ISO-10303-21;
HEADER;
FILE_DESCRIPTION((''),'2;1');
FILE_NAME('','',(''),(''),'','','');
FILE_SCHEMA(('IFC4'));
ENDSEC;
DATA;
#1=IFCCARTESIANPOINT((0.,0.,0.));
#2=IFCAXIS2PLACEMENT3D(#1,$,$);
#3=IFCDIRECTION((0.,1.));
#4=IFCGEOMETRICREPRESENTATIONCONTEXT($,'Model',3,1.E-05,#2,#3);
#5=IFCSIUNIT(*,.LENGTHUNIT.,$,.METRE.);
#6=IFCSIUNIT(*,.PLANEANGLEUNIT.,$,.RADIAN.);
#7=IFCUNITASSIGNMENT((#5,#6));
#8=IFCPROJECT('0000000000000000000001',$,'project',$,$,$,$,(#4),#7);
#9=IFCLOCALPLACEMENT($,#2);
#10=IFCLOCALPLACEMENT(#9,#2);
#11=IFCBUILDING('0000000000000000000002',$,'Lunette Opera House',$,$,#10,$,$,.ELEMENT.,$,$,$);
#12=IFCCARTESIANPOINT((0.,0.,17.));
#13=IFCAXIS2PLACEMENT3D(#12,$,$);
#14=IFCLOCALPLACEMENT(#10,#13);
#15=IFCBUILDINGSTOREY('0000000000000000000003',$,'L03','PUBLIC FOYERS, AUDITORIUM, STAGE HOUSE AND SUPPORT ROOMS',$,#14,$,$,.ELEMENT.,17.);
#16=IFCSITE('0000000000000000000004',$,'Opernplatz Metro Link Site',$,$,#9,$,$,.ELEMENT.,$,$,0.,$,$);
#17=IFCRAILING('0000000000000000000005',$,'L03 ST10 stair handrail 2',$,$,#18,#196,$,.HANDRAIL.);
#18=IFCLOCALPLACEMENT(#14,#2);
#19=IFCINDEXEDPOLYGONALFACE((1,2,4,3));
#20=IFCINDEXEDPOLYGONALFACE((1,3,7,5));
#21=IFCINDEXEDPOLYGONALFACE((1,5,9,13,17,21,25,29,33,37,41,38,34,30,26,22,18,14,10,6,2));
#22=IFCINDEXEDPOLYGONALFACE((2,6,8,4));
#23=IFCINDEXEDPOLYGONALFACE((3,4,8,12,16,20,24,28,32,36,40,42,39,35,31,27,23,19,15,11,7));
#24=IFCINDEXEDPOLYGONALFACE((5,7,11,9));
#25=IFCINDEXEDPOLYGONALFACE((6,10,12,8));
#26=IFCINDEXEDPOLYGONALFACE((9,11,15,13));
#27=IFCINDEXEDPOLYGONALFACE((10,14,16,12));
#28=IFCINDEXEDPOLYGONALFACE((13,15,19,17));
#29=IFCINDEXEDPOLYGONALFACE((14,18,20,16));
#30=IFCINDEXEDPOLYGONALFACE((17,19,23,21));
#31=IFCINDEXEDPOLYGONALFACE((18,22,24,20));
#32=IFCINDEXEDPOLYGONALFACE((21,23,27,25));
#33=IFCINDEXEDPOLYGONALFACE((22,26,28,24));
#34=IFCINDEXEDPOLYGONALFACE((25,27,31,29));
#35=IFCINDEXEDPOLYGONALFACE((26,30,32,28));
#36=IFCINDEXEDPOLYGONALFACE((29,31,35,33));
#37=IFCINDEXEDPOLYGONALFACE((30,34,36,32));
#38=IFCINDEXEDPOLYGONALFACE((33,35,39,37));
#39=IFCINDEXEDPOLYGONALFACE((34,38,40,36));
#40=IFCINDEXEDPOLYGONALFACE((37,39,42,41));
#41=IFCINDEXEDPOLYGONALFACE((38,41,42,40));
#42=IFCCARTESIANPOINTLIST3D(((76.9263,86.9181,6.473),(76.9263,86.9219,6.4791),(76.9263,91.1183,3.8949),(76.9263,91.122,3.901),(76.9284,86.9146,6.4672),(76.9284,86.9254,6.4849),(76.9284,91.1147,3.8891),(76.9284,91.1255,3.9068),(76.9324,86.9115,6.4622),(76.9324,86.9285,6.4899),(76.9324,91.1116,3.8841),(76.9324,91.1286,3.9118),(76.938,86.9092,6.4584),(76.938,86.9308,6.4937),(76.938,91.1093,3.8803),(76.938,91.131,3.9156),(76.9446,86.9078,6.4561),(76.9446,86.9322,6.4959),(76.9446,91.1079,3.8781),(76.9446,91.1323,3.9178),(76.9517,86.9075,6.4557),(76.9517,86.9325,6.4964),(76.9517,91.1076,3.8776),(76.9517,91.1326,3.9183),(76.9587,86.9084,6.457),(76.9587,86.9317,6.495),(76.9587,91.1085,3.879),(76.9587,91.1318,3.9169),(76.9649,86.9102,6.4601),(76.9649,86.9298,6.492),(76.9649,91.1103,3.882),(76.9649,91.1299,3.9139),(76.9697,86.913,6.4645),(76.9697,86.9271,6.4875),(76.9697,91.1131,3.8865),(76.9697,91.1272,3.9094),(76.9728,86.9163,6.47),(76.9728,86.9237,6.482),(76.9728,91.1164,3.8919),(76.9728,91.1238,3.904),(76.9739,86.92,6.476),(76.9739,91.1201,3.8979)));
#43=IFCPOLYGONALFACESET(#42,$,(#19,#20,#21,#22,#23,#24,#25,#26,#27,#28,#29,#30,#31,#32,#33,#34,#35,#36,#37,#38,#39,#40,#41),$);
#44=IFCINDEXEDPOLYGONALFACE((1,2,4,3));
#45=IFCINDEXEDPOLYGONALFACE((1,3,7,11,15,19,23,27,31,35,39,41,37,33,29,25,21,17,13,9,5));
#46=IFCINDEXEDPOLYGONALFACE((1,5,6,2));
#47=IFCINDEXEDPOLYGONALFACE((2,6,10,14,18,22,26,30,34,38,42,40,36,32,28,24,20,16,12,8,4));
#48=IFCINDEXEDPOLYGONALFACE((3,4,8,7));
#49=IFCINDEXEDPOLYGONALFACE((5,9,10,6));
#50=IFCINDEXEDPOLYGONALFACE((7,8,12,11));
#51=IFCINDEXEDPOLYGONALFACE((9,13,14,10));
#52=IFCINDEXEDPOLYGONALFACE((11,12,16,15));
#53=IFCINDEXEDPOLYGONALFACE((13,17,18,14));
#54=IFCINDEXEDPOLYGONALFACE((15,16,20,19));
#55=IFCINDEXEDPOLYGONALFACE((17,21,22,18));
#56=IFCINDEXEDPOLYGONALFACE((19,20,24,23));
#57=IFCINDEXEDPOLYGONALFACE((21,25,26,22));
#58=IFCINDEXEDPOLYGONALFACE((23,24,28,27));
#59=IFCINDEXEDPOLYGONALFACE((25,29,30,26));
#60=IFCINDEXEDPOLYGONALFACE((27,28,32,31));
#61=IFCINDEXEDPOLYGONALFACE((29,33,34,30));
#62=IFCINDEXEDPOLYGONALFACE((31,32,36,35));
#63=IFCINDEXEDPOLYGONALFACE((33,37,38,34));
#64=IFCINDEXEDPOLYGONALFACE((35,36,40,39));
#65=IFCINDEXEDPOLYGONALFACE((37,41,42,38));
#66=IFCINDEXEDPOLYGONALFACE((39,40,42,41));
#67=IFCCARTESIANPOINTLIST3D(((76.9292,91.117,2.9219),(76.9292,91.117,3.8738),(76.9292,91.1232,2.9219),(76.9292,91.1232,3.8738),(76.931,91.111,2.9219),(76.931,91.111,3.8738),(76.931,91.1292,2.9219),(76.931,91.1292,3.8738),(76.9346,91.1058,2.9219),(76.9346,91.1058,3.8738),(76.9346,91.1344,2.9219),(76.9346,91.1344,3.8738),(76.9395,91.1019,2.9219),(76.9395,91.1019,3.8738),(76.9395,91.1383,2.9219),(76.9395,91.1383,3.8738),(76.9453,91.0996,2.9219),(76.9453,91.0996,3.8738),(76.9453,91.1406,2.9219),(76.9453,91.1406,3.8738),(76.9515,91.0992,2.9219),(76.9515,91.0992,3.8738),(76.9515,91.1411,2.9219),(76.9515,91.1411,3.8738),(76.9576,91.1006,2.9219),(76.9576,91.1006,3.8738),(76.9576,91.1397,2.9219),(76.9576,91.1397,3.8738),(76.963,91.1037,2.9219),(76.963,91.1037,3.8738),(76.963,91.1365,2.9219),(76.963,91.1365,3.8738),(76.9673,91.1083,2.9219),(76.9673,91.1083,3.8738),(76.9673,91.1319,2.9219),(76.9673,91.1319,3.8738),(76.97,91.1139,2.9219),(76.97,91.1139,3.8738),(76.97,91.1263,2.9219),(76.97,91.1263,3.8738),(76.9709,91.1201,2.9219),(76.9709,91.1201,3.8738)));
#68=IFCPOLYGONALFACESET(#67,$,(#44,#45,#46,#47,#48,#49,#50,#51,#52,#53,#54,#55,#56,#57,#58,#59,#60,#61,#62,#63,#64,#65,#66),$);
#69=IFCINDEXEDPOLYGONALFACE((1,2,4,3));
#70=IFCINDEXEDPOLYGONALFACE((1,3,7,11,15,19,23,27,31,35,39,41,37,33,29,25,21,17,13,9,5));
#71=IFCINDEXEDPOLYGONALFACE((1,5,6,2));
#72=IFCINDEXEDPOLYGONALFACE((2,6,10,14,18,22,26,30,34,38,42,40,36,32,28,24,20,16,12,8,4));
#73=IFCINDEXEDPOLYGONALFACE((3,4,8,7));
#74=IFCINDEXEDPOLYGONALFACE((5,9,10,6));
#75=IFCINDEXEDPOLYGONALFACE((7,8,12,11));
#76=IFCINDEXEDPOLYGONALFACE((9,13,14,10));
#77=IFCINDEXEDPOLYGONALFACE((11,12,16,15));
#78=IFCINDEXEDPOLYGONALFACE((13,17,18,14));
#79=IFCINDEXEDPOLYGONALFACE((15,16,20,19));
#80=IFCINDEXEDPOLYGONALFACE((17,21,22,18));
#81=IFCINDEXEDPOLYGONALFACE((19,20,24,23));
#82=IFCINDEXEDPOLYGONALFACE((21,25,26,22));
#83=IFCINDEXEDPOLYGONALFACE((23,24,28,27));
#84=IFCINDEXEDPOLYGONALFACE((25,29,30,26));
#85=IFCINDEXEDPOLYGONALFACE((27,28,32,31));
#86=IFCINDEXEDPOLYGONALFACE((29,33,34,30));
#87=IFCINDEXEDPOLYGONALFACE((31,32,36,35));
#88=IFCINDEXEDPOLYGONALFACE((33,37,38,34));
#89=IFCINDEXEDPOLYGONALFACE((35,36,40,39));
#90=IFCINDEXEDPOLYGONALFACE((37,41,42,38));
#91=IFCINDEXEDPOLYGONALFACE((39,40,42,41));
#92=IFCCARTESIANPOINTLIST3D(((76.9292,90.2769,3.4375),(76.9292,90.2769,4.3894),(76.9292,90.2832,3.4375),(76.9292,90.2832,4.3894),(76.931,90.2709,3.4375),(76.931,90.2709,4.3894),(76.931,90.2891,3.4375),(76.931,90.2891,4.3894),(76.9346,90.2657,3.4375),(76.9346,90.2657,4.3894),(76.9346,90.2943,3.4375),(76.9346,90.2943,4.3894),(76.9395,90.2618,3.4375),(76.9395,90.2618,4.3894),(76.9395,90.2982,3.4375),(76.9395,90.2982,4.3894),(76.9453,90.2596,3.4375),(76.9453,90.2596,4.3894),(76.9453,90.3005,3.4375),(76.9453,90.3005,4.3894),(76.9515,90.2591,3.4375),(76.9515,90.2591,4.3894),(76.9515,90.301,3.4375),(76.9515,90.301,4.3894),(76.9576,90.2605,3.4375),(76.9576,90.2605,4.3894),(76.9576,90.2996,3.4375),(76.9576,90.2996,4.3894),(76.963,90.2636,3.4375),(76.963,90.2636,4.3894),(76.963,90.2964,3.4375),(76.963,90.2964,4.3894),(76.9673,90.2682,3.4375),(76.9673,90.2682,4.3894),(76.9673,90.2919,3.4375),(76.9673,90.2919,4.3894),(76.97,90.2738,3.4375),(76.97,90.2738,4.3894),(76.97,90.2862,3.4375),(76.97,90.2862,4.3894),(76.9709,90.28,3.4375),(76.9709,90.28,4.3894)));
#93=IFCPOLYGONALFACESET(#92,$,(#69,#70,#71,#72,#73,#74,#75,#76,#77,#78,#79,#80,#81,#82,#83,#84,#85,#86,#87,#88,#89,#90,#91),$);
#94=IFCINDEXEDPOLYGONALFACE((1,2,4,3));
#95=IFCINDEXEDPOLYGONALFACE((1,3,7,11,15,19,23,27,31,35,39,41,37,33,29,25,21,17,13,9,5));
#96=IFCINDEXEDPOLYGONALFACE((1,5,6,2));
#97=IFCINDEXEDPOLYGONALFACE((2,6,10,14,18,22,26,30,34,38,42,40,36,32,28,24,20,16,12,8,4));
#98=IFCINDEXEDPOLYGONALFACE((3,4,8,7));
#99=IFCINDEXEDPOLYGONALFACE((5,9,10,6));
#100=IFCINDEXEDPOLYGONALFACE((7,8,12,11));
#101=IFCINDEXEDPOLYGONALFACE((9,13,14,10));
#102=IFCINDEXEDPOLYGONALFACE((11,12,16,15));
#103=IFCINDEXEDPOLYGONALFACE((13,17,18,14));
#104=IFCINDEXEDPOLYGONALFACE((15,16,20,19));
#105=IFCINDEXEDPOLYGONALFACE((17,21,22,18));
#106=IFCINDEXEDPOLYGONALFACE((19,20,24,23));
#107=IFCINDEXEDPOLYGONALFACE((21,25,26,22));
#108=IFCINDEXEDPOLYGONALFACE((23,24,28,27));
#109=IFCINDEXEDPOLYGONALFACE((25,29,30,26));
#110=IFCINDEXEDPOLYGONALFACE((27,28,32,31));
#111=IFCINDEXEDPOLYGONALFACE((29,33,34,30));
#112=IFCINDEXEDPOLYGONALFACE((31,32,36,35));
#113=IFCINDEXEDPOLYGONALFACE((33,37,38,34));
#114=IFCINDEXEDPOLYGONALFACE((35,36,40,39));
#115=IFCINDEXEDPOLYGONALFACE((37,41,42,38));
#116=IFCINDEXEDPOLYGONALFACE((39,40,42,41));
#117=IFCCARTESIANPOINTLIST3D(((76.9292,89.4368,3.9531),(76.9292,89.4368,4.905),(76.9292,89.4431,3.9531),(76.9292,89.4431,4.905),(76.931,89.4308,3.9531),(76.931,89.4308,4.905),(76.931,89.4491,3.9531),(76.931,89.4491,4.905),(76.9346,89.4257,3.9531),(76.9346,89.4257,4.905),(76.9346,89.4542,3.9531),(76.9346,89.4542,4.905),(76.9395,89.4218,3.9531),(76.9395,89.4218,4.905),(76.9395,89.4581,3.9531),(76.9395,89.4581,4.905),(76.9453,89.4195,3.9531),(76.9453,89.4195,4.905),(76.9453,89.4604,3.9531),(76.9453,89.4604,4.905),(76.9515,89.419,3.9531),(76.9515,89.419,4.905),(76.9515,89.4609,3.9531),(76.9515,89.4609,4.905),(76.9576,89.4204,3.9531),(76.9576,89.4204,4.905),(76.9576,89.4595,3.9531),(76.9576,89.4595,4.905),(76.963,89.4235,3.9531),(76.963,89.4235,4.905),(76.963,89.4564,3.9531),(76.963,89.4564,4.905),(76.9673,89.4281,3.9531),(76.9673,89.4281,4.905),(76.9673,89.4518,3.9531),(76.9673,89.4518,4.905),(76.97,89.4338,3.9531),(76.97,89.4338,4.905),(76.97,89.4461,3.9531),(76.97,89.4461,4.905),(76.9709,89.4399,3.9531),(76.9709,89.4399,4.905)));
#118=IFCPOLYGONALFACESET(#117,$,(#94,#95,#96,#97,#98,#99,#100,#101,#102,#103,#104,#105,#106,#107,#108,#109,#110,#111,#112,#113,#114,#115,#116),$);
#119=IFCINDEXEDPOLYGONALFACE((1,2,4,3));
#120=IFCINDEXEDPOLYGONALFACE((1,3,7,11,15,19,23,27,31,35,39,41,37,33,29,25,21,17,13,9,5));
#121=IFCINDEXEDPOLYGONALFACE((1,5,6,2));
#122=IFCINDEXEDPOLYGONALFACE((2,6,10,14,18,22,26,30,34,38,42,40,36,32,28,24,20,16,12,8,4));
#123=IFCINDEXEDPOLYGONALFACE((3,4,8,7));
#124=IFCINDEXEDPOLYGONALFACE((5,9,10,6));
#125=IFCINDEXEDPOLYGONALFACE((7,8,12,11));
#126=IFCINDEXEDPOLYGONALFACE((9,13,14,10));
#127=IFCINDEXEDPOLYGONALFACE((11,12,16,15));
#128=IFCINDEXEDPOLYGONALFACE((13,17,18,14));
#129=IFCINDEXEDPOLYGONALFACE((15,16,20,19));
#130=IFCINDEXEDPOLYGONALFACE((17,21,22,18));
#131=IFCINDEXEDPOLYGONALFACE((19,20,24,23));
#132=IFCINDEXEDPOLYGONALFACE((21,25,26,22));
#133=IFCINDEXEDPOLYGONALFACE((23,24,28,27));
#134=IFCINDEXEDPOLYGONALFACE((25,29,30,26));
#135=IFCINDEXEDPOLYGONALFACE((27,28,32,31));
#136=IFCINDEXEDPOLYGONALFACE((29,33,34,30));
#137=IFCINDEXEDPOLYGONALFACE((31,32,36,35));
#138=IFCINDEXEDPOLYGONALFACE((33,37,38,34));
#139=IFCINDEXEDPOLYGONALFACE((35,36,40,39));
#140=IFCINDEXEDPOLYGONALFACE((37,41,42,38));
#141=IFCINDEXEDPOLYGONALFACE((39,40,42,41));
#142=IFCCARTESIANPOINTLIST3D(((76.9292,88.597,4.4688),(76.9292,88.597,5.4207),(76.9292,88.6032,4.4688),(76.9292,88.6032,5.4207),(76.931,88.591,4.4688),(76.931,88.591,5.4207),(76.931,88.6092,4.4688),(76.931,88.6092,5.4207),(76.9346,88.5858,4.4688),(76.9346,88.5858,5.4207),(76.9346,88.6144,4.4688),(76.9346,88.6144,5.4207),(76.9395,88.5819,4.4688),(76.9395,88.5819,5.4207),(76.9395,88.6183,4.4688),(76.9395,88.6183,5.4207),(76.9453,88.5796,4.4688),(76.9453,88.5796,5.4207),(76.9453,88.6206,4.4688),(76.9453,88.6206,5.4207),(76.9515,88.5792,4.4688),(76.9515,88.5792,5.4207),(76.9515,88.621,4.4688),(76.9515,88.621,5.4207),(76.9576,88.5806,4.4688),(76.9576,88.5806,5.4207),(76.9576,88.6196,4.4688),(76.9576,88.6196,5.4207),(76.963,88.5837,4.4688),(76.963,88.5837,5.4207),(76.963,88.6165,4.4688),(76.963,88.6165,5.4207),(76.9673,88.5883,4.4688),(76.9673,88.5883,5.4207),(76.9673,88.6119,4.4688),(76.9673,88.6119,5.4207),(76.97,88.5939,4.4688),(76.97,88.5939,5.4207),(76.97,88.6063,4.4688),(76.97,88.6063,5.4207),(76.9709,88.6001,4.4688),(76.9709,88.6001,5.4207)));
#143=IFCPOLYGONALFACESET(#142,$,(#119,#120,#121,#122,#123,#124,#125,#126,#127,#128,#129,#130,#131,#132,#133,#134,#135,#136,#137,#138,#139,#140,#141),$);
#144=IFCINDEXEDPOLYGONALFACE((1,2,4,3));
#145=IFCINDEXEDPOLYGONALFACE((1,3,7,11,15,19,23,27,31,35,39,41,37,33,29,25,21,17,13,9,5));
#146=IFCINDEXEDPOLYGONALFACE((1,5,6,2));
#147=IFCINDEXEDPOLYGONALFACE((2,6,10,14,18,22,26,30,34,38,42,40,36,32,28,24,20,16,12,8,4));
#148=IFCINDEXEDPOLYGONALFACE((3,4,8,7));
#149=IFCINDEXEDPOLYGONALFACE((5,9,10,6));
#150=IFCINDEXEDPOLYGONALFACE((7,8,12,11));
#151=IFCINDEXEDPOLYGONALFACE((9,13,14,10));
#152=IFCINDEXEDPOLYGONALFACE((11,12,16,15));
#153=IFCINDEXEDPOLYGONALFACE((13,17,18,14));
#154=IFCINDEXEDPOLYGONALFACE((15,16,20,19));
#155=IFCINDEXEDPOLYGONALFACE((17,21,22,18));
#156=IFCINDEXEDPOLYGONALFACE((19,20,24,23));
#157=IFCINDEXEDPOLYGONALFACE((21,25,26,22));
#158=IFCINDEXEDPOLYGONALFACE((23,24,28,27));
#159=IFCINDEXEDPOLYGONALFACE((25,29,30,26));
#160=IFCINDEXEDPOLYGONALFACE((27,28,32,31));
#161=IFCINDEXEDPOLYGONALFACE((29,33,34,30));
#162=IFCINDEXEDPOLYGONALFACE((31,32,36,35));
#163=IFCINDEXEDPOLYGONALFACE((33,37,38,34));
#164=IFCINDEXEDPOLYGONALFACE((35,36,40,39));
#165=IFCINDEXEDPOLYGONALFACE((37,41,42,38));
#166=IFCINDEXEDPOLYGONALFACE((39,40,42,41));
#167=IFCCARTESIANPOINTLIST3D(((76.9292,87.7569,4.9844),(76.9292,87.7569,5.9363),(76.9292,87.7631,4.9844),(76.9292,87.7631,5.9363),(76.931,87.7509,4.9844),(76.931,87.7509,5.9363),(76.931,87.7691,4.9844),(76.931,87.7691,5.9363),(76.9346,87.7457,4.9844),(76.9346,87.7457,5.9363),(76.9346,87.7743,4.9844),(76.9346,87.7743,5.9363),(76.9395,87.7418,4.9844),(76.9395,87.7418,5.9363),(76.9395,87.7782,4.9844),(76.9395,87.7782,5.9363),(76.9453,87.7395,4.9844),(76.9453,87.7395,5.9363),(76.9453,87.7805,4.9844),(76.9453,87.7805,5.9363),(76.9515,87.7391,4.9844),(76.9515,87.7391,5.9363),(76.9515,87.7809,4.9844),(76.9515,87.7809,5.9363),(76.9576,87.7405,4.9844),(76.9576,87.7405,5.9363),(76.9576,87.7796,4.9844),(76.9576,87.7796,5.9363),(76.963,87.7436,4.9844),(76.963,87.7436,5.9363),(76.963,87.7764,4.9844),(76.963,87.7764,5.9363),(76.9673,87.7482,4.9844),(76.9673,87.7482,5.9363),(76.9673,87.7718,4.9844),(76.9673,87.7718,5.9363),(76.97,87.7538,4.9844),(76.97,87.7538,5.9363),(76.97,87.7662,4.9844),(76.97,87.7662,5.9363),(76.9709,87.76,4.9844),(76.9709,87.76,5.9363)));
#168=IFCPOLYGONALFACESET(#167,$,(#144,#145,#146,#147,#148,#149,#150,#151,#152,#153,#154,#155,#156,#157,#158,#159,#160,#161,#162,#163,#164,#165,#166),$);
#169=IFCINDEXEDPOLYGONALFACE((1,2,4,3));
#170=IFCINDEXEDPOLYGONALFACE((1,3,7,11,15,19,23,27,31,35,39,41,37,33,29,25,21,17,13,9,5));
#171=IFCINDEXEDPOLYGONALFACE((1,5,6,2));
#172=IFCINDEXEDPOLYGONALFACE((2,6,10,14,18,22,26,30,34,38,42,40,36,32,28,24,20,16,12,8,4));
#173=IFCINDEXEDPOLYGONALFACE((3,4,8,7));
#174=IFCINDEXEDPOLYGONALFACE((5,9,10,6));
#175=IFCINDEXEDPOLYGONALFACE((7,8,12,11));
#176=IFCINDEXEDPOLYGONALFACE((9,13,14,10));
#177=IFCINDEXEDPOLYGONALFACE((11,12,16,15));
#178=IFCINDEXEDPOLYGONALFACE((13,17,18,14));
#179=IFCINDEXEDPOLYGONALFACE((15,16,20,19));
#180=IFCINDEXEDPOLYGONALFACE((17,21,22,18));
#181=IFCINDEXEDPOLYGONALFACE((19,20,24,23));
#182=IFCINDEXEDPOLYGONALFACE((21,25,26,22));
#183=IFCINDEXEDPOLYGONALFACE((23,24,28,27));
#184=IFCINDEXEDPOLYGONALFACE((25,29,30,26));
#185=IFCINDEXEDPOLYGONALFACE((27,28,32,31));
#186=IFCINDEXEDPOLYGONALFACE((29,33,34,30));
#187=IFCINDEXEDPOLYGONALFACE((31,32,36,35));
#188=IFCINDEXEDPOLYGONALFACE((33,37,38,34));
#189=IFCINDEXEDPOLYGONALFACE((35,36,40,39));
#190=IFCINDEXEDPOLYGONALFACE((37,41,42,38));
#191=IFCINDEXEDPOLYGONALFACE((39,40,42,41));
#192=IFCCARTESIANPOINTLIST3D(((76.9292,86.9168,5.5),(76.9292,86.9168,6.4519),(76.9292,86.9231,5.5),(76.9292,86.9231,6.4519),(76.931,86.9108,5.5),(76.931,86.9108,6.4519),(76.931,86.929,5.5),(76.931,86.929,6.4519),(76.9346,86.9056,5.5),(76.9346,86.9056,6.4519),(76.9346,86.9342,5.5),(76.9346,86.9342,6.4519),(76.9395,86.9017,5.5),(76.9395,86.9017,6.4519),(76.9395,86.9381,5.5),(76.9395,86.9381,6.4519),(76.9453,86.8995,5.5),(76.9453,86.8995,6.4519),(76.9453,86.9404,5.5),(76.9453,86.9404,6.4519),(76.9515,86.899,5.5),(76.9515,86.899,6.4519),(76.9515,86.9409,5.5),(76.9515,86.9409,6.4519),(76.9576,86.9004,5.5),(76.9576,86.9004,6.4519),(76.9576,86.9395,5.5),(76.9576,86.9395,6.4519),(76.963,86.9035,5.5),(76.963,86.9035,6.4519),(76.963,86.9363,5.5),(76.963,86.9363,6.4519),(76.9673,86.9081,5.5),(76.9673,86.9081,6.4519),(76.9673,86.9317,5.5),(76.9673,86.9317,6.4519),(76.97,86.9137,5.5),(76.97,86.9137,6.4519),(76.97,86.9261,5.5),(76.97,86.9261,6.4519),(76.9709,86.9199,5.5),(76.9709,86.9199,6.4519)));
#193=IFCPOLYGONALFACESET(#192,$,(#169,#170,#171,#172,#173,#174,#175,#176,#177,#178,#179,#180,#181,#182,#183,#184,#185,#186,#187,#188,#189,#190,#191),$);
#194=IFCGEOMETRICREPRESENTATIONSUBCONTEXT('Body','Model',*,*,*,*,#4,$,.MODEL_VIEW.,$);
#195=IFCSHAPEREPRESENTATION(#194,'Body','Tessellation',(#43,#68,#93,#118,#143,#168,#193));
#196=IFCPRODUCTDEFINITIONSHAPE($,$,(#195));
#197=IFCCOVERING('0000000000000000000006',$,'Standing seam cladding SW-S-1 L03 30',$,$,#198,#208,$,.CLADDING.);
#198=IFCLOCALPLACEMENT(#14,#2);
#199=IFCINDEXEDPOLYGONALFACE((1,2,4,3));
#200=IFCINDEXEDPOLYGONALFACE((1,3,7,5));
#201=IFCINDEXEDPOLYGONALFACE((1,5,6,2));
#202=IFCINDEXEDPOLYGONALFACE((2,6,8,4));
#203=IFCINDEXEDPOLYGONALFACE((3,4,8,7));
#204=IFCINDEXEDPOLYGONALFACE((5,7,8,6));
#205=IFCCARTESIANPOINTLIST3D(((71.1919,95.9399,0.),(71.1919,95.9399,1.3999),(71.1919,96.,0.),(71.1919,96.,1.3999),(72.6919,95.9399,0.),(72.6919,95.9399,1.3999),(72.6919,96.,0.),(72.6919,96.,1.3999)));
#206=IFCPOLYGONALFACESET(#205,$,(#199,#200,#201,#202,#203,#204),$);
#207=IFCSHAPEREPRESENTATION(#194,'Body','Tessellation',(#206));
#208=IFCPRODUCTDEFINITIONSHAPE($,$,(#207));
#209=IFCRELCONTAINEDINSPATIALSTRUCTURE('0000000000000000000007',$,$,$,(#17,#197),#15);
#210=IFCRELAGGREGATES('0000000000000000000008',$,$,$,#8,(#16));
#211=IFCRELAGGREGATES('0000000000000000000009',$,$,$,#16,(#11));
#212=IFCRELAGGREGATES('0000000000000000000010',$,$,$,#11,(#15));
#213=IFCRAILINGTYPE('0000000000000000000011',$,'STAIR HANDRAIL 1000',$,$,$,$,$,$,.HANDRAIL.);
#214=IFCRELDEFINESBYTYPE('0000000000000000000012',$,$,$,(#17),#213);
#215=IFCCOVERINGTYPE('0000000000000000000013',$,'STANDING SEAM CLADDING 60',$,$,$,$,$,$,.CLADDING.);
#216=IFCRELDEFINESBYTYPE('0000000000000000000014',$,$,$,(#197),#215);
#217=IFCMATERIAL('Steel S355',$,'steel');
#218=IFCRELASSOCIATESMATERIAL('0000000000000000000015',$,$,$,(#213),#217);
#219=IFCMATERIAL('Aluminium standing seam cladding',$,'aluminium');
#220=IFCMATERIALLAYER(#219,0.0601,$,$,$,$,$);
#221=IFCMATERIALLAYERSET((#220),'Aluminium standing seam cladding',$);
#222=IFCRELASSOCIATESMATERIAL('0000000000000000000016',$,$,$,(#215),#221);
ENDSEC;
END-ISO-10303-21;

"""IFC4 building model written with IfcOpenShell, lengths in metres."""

from ifc_helpers import new_model, si_unit, direction, frame, origin, origin_2d, place, context, subcontext, project, spatial, rectangle, circle, extrude, material, layer, layer_set, type_object, element, save


model = new_model("IFC4")

# Units and contexts
model_context = context("Model", 3, precision=1e-05, world=origin(), true_north=direction((0.0, 1.0)))
body_context = subcontext(model_context, "Body", "Model", "MODEL_VIEW")
ifc_project = project(units=[si_unit("LENGTHUNIT", "METRE"), si_unit("PLANEANGLEUNIT", "RADIAN")], contexts=[model_context])

# Site, building, storey
site_placement = place(None, origin())
site = spatial("IfcSite", under=ifc_project, at=site_placement, Name="Opernplatz Metro Link Site", CompositionType="ELEMENT", RefElevation=0.0)
building_placement = place(site_placement, origin())
building = spatial("IfcBuilding", under=site, at=building_placement, Name="Lunette Opera House", CompositionType="ELEMENT")
storey_placement = place(building_placement, frame((0.0, 0.0, 17.0)))
storey = spatial("IfcBuildingStorey", under=building, at=storey_placement, Name="L03", Description="PUBLIC FOYERS, AUDITORIUM, STAGE HOUSE AND SUPPORT ROOMS", CompositionType="ELEMENT", Elevation=17.0)

# Railing
ifc_material_1 = material(Name="Steel S355", Category="steel")
railing_type_1 = type_object("IfcRailingType", Name="STAIR HANDRAIL 1000", PredefinedType="HANDRAIL", material=ifc_material_1)
railing_1_placement = place(storey_placement, frame((76.95, 91.1201, 2.9219)))
element("IfcRailing", 1, at=railing_1_placement, inside=storey, type_object=railing_type_1, Name="L03 ST10 stair handrail 2", PredefinedType="HANDRAIL", context=body_context, shape_type="SweptSolid", body=[
    extrude(circle(Radius=0.0239, at=origin_2d()), frame((0.0, 0.0, 0.9761), z_axis=(0.0, -0.852256, 0.523124), x_axis=(1.0, 0.0, 0.0)), (0.0, 0.0, 1.0), 4.9282),
    extrude(circle(Radius=0.021, at=origin_2d()), origin(), (0.0, 0.0, 1.0), 0.9519),
    extrude(circle(Radius=0.021, at=origin_2d()), frame((0.0, -0.8401, 0.5156)), (0.0, 0.0, 1.0), 0.9519),
    extrude(circle(Radius=0.021, at=origin_2d()), frame((0.0, -1.6802, 1.0312)), (0.0, 0.0, 1.0), 0.9519),
    extrude(circle(Radius=0.021, at=origin_2d()), frame((0.0, -2.52, 1.5469)), (0.0, 0.0, 1.0), 0.9519),
    extrude(circle(Radius=0.021, at=origin_2d()), frame((0.0, -3.3601, 2.0625)), (0.0, 0.0, 1.0), 0.9519),
    extrude(circle(Radius=0.021, at=origin_2d()), frame((0.0, -4.2002, 2.5781)), (0.0, 0.0, 1.0), 0.9519),
])

# Covering
ifc_material_2 = material(Name="Aluminium standing seam cladding", Category="aluminium")
ifc_layer_1 = layer(ifc_material_2, 0.0601)
ifc_layer_set_1 = layer_set([ifc_layer_1], Name="Aluminium standing seam cladding")
covering_type_1 = type_object("IfcCoveringType", Name="STANDING SEAM CLADDING 60", PredefinedType="CLADDING", material=ifc_layer_set_1)
covering_1_placement = place(storey_placement, frame((71.9419, 95.97, 0.0), z_axis=(0.0, 0.0, 1.0), x_axis=(1.0, 0.0, 0.0)))
element("IfcCovering", 2, at=covering_1_placement, inside=storey, type_object=covering_type_1, Name="Standing seam cladding SW-S-1 L03 30", PredefinedType="CLADDING", context=body_context, shape_type="SweptSolid", body=[
    extrude(rectangle(XDim=1.5, YDim=0.0601, at=origin_2d()), origin(), (0.0, 0.0, 1.0), 1.3999),
])

save(model, "model.ifc")
